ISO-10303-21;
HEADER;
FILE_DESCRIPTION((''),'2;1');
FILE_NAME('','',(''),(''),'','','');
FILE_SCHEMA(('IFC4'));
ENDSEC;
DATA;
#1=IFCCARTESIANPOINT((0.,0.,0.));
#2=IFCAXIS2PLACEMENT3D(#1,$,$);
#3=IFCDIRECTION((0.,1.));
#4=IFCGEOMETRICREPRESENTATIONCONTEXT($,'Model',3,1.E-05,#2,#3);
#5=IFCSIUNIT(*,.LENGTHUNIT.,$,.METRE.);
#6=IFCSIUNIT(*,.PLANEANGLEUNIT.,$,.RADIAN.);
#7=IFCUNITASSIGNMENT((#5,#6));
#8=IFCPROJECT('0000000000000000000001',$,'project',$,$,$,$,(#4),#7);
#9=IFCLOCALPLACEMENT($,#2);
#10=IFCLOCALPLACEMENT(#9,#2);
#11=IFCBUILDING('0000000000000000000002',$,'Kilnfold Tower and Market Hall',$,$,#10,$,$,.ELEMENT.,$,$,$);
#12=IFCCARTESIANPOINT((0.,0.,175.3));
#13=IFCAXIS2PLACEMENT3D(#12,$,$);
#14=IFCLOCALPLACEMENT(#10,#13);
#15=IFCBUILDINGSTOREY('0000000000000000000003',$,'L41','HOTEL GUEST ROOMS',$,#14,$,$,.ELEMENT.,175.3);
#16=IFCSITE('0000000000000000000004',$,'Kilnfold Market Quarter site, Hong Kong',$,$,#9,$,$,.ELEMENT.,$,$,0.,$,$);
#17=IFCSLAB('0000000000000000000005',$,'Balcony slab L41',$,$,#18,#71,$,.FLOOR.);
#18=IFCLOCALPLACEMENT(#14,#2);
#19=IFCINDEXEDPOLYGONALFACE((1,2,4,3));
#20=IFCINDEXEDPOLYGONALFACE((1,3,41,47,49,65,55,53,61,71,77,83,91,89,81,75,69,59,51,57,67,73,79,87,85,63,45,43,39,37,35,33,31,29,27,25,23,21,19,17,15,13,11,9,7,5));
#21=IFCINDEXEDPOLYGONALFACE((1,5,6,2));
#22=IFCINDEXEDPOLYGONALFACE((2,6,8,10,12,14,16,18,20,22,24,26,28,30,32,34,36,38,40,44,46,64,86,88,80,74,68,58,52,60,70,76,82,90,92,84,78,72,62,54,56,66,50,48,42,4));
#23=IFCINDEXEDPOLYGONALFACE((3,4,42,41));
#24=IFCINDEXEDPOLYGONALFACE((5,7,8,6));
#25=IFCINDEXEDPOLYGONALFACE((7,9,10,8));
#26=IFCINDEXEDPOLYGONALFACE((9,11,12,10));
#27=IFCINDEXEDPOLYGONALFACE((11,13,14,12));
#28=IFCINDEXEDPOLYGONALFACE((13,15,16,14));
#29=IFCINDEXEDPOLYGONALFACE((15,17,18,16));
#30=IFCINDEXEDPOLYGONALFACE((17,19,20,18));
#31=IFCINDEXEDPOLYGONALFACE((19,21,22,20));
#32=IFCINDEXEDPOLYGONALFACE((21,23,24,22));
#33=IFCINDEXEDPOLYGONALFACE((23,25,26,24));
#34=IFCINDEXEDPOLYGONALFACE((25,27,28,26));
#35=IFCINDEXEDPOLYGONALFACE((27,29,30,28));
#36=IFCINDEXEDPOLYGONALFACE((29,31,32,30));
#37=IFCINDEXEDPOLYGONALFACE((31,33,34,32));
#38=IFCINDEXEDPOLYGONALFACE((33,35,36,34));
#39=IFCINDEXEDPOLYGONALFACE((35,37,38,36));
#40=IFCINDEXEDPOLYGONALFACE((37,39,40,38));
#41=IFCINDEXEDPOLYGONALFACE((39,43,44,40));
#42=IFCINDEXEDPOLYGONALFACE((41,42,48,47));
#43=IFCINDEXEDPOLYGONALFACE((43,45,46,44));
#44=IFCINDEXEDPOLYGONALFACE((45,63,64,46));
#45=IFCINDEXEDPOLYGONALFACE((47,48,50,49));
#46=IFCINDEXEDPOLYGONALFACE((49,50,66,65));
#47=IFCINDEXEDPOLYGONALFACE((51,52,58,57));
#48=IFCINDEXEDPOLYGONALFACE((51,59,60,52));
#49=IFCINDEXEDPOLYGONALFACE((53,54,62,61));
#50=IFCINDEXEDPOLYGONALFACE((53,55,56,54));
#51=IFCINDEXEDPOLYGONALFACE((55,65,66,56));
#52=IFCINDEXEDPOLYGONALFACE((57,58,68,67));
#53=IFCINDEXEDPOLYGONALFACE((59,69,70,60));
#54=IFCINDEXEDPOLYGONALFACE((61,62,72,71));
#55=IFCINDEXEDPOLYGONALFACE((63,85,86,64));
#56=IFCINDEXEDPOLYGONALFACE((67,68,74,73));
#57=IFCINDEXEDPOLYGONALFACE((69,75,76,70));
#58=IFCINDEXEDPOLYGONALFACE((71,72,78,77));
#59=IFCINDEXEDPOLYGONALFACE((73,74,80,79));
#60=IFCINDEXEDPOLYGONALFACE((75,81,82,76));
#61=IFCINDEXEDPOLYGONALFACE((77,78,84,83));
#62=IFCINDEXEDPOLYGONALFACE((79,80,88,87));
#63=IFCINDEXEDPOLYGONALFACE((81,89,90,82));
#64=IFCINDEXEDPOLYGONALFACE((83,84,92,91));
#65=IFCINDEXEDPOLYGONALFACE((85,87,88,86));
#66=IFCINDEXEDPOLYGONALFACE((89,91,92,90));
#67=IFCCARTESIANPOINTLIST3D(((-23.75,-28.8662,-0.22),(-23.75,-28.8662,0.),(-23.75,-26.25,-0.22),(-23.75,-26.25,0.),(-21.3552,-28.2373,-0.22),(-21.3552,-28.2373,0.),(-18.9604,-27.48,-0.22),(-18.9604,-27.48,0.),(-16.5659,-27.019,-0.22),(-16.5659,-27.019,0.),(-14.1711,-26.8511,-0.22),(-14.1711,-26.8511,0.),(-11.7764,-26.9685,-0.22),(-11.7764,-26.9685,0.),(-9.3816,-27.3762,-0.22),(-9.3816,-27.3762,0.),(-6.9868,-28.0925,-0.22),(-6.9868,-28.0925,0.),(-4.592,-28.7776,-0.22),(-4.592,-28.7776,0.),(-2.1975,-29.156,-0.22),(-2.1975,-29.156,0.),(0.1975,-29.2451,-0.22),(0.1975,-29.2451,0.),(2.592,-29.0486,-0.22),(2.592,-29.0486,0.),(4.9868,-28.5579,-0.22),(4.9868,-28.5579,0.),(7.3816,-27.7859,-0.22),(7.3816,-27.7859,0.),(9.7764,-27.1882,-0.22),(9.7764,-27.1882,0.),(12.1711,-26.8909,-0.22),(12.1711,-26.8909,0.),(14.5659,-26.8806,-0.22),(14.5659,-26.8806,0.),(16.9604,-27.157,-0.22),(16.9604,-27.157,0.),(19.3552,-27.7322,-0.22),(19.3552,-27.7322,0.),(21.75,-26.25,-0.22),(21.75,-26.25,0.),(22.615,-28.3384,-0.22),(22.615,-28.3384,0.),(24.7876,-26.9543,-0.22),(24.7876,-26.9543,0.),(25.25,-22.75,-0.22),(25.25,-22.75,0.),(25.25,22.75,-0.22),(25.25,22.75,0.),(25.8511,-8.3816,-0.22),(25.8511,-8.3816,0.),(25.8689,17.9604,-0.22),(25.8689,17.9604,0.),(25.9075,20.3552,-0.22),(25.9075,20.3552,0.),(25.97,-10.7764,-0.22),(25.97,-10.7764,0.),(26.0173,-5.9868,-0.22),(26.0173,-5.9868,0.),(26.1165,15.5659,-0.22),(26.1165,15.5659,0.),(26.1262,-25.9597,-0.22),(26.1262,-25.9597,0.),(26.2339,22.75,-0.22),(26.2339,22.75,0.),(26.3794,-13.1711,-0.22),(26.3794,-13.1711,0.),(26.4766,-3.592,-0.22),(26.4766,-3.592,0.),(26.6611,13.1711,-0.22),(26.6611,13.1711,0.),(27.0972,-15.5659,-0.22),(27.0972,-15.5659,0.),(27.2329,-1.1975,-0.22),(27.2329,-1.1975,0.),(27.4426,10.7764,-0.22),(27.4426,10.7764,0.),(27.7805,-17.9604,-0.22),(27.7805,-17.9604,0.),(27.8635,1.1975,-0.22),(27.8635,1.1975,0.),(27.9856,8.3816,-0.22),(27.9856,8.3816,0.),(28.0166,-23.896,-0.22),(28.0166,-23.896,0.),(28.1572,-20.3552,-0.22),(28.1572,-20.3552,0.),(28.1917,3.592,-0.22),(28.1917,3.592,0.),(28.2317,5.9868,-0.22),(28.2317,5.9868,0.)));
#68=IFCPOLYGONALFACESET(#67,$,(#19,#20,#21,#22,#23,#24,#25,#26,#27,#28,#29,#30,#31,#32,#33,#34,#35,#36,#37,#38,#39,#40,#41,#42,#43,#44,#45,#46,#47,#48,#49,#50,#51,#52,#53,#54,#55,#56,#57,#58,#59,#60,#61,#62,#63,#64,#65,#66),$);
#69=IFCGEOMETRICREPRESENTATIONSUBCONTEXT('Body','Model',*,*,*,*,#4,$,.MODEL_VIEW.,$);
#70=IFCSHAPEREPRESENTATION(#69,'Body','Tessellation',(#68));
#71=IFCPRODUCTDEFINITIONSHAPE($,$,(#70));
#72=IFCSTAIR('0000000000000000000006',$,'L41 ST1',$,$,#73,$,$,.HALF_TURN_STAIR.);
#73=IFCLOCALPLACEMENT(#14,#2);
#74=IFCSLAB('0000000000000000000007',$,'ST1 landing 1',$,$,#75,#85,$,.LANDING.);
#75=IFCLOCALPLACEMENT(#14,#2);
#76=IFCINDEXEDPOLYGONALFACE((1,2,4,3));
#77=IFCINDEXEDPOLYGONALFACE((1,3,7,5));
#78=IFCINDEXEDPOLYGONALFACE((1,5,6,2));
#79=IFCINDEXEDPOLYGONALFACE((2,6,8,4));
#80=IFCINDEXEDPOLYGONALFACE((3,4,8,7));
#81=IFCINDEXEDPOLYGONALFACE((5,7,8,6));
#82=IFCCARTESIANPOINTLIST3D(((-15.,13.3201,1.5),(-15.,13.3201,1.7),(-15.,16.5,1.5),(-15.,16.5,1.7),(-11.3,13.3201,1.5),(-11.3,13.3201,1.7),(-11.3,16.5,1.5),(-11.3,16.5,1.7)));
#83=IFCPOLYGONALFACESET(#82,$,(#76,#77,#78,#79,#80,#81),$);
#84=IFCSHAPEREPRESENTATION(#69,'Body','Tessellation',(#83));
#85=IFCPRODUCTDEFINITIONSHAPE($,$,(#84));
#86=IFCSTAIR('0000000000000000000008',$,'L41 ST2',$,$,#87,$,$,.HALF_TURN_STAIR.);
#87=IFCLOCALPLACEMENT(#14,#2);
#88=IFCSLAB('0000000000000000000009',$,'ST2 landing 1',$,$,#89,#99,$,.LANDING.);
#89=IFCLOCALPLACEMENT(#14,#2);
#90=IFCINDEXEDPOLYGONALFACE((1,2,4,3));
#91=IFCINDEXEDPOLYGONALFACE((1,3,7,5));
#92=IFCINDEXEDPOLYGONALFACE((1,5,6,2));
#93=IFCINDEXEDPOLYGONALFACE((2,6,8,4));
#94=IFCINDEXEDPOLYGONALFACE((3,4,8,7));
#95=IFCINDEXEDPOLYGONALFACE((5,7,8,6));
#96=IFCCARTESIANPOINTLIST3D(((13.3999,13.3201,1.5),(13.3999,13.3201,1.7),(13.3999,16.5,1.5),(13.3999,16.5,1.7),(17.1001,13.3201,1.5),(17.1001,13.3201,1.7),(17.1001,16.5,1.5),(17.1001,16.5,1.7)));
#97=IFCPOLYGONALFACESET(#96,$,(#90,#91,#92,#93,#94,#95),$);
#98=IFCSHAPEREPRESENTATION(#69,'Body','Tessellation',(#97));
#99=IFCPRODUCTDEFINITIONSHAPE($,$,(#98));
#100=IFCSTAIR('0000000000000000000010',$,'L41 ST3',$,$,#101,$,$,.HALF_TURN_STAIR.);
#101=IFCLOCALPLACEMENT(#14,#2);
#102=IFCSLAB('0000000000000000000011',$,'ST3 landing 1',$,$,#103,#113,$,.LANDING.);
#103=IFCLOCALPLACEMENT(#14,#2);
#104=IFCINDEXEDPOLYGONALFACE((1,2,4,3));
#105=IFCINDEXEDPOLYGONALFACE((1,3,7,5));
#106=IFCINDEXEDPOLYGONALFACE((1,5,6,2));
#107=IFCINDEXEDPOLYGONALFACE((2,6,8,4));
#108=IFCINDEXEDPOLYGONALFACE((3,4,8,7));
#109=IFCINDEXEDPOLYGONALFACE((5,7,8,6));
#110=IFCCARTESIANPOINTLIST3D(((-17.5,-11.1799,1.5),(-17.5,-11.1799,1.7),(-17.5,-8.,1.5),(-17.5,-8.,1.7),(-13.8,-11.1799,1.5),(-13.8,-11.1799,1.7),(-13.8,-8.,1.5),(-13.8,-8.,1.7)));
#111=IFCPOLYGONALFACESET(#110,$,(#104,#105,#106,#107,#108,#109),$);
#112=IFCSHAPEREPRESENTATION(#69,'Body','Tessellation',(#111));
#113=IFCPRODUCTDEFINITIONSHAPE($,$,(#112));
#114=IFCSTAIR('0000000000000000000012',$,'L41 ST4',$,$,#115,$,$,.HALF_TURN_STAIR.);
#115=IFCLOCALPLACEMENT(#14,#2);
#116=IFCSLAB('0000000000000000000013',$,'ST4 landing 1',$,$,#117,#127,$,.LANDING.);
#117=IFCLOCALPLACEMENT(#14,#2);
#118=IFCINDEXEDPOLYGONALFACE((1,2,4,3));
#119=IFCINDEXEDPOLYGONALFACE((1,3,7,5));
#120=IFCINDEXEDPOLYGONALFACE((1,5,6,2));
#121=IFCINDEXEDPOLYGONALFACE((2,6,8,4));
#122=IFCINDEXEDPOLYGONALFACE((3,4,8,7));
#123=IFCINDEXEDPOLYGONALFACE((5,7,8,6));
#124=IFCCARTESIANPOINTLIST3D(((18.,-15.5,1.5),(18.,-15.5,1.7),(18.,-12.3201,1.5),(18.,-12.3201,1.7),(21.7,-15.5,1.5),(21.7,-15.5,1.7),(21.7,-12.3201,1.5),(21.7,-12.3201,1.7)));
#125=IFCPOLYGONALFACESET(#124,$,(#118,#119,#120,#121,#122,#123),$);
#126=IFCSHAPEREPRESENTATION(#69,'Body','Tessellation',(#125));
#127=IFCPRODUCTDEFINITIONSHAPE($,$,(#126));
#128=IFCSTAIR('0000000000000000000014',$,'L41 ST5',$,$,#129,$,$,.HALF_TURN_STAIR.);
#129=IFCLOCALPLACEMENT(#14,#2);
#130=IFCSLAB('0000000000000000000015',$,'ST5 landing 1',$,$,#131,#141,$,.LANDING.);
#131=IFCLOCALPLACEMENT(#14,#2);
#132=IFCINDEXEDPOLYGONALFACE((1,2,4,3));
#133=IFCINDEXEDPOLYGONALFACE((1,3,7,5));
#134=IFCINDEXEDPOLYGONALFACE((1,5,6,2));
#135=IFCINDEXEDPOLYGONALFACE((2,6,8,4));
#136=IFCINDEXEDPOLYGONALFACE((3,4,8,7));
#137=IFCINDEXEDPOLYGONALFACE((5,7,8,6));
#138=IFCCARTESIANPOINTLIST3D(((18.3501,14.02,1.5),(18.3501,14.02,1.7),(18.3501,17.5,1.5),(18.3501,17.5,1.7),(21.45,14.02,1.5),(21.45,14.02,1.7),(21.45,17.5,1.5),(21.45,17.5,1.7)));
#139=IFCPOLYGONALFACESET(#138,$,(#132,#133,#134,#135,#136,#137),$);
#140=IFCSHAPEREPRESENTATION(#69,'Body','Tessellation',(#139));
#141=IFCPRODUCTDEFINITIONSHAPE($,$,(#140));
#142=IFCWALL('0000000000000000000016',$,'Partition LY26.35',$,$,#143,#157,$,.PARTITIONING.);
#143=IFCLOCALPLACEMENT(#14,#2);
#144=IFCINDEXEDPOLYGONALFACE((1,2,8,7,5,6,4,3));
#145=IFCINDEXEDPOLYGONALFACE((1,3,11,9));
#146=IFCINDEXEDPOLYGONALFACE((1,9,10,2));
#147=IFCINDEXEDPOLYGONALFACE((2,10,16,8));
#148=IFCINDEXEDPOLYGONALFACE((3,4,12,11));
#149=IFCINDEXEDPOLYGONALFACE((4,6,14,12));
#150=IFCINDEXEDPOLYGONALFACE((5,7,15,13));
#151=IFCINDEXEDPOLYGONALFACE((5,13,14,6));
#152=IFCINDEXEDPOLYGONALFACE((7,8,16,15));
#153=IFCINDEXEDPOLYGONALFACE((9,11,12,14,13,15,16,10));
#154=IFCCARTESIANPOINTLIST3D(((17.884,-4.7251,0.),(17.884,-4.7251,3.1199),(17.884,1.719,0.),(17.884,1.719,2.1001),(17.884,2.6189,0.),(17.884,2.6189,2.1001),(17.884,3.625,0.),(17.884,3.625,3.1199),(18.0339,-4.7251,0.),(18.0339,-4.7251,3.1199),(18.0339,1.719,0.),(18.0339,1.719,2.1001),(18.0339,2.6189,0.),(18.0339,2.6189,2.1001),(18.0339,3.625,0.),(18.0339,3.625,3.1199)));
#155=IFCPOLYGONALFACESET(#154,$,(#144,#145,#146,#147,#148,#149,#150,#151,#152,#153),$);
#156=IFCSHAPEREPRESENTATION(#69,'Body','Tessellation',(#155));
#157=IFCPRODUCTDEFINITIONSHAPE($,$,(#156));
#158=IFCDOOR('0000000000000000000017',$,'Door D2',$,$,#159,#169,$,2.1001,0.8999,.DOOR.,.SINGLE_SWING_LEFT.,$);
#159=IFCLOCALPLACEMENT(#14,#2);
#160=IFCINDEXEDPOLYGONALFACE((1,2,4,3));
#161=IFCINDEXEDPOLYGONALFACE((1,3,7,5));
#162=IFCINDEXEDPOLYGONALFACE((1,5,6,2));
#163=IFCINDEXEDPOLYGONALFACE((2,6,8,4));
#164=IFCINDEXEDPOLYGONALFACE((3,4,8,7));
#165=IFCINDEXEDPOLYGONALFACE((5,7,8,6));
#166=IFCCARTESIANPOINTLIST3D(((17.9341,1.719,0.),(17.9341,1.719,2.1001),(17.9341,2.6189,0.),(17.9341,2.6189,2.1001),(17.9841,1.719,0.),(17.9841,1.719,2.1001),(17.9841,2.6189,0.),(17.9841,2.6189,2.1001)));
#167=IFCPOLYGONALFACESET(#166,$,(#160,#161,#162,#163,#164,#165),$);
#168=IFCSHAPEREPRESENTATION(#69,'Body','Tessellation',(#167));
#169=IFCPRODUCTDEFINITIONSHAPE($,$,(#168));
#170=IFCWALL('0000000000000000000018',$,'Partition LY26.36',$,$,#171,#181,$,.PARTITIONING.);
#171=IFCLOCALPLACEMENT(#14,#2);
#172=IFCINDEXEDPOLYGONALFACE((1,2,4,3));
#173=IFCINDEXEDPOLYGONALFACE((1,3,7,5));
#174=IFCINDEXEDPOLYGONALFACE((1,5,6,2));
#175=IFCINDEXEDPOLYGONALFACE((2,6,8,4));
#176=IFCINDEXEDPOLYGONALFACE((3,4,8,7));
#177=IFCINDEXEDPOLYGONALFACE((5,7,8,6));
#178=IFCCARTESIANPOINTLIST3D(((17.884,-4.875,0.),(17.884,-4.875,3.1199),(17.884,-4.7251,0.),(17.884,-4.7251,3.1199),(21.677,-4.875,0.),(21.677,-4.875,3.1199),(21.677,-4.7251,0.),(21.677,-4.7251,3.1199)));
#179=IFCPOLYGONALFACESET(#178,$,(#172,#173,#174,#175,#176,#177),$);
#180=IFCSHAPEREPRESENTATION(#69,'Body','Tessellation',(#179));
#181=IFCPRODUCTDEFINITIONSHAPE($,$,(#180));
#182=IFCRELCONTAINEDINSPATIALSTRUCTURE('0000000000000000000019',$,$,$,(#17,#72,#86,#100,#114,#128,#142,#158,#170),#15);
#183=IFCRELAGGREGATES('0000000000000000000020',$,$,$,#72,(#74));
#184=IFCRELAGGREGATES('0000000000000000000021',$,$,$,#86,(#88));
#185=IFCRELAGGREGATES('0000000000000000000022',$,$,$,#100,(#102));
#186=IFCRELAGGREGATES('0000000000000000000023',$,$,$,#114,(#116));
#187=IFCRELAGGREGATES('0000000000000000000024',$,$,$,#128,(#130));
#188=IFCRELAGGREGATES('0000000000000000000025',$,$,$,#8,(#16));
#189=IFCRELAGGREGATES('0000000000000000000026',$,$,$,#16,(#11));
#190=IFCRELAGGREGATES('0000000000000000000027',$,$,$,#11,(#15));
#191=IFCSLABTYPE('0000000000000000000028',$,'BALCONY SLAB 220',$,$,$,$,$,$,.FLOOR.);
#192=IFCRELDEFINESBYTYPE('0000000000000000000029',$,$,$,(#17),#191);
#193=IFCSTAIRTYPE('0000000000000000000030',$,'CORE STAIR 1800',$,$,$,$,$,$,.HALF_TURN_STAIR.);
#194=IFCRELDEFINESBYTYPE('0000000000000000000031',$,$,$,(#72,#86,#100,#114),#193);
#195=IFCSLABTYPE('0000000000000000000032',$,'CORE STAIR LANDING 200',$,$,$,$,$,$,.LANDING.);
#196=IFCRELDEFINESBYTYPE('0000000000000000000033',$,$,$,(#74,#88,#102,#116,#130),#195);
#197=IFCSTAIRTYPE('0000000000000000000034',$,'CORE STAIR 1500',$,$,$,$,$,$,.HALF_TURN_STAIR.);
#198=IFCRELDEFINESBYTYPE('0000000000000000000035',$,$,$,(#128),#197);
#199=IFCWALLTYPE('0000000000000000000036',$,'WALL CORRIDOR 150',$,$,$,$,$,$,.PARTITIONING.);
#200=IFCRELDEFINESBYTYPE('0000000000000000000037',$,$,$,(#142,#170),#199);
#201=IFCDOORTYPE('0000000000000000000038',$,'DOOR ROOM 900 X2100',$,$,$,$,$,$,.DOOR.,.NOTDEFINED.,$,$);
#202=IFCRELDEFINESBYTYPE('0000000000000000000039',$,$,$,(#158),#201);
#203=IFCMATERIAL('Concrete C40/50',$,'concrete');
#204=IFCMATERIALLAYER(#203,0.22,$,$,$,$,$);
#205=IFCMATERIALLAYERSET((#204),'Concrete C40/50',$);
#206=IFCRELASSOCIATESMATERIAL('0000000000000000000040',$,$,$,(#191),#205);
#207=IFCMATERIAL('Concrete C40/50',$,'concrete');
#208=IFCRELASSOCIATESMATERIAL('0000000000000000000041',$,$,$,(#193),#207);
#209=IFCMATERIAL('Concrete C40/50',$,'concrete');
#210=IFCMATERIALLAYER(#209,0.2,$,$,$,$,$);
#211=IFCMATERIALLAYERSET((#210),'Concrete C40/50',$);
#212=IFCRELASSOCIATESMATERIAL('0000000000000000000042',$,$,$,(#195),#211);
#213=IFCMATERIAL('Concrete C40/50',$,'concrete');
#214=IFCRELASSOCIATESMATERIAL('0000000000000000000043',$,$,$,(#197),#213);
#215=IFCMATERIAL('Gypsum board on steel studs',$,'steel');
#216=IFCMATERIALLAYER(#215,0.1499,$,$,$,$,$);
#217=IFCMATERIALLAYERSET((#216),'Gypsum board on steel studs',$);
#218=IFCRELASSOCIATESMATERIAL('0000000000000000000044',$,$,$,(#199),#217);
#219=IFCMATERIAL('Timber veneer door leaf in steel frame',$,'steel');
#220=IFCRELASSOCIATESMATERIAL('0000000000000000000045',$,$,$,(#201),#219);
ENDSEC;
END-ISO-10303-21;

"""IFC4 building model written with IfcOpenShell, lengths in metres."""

from ifc_helpers import new_model, si_unit, direction, frame, frame_2d, origin, place, context, subcontext, project, spatial, polyline, rectangle, outline, extrude, source, transform, mapped, material, layer, layer_set, type_object, element, fill, aggregate, save


model = new_model("IFC4")

# Units and contexts
model_context = context("Model", 3, precision=1e-05, world=origin(), true_north=direction((0.0, 1.0)))
body_context = subcontext(model_context, "Body", "Model", "MODEL_VIEW")
ifc_project = project(units=[si_unit("LENGTHUNIT", "METRE"), si_unit("PLANEANGLEUNIT", "RADIAN")], contexts=[model_context])

# Site, building, storey
site_placement = place(None, origin())
site = spatial("IfcSite", under=ifc_project, at=site_placement, Name="Kilnfold Market Quarter site, Hong Kong", CompositionType="ELEMENT", RefElevation=0.0)
building_placement = place(site_placement, origin())
building = spatial("IfcBuilding", under=site, at=building_placement, Name="Kilnfold Tower and Market Hall", CompositionType="ELEMENT")
storey_placement = place(building_placement, frame((0.0, 0.0, 175.3)))
storey = spatial("IfcBuildingStorey", under=building, at=storey_placement, Name="L41", Description="HOTEL GUEST ROOMS", CompositionType="ELEMENT", Elevation=175.3)

# Slab
ifc_material_1 = material(Name="Concrete C40/50", Category="concrete")
ifc_layer_1 = layer(ifc_material_1, 0.22)
ifc_layer_set_1 = layer_set([ifc_layer_1], Name="Concrete C40/50")
slab_type_1 = type_object("IfcSlabType", Name="BALCONY SLAB 220", PredefinedType="FLOOR", material=ifc_layer_set_1)
shared_shape_1 = source(origin(), body_context, "Body", "SweptSolid", [
    extrude(outline(polyline([(-23.75, -26.25), (21.75, -26.25), (25.25, -22.75), (25.25, 22.75), (26.2339, 22.75), (25.9075, 20.3552), (25.8689, 17.9604), (26.1165, 15.5659), (26.6611, 13.1711), (27.4426, 10.7764), (27.9856, 8.3816), (28.2317, 5.9868), (28.1917, 3.592), (27.8635, 1.1975), (27.2329, -1.1975), (26.4766, -3.592), (26.0173, -5.9868), (25.8511, -8.3816), (25.97, -10.7764), (26.3794, -13.1711), (27.0972, -15.5659), (27.7805, -17.9604), (28.1572, -20.3552), (28.0166, -23.896), (26.1262, -25.9597), (24.7876, -26.9543), (22.615, -28.3384), (19.3552, -27.7322), (16.9604, -27.157), (14.5659, -26.8806), (12.1711, -26.8909), (9.7764, -27.1882), (7.3816, -27.7859), (4.9868, -28.5579), (2.592, -29.0486), (0.1975, -29.2451), (-2.1975, -29.156), (-4.592, -28.7776), (-6.9868, -28.0925), (-9.3816, -27.3762), (-11.7764, -26.9685), (-14.1711, -26.8511), (-16.5659, -27.019), (-18.9604, -27.48), (-21.3552, -28.2373), (-23.75, -28.8662), (-23.75, -26.25)])), origin(), (0.0, 0.0, 1.0), 0.22),
])
slab_1_placement = place(storey_placement, frame((0.0, 0.0, -0.22)))
element("IfcSlab", 1, at=slab_1_placement, inside=storey, type_object=slab_type_1, Name="Balcony slab L41", PredefinedType="FLOOR", context=body_context, shape_type="MappedRepresentation", body=[
    mapped(shared_shape_1, transform((0.0, 0.0, 0.0))),
])

# Stairs, slabs
ifc_material_2 = material(Name="Concrete C40/50", Category="concrete")
stair_type_1 = type_object("IfcStairType", Name="CORE STAIR 1800", PredefinedType="HALF_TURN_STAIR", material=ifc_material_2)
stair_1_placement = place(storey_placement, origin())
stair_1 = element("IfcStair", 2, at=stair_1_placement, inside=storey, type_object=stair_type_1, Name="L41 ST1", PredefinedType="HALF_TURN_STAIR")
ifc_material_3 = material(Name="Concrete C40/50", Category="concrete")
ifc_layer_2 = layer(ifc_material_3, 0.2)
ifc_layer_set_2 = layer_set([ifc_layer_2], Name="Concrete C40/50")
slab_type_2 = type_object("IfcSlabType", Name="CORE STAIR LANDING 200", PredefinedType="LANDING", material=ifc_layer_set_2)
shared_shape_2 = source(origin(), body_context, "Body", "SweptSolid", [
    extrude(outline(polyline([(-11.3, 13.3201), (-11.3, 16.5), (-15.0, 16.5), (-15.0, 13.3201), (-11.3, 13.3201)])), origin(), (0.0, 0.0, 1.0), 0.2),
])
slab_2_placement = place(storey_placement, frame((0.0, 0.0, 1.5)))
slab_2 = element("IfcSlab", 3, at=slab_2_placement, type_object=slab_type_2, Name="ST1 landing 1", PredefinedType="LANDING", context=body_context, shape_type="MappedRepresentation", body=[
    mapped(shared_shape_2, transform((0.0, 0.0, 0.0))),
])
aggregate(stair_1, [slab_2])
stair_2_placement = place(storey_placement, origin())
stair_2 = element("IfcStair", 4, at=stair_2_placement, inside=storey, type_object=stair_type_1, Name="L41 ST2", PredefinedType="HALF_TURN_STAIR")
shared_shape_3 = source(origin(), body_context, "Body", "SweptSolid", [
    extrude(outline(polyline([(17.1001, 13.3201), (17.1001, 16.5), (13.3999, 16.5), (13.3999, 13.3201), (17.1001, 13.3201)])), origin(), (0.0, 0.0, 1.0), 0.2),
])
slab_3_placement = place(storey_placement, frame((0.0, 0.0, 1.5)))
slab_3 = element("IfcSlab", 5, at=slab_3_placement, type_object=slab_type_2, Name="ST2 landing 1", PredefinedType="LANDING", context=body_context, shape_type="MappedRepresentation", body=[
    mapped(shared_shape_3, transform((0.0, 0.0, 0.0))),
])
aggregate(stair_2, [slab_3])
stair_3_placement = place(storey_placement, origin())
stair_3 = element("IfcStair", 6, at=stair_3_placement, inside=storey, type_object=stair_type_1, Name="L41 ST3", PredefinedType="HALF_TURN_STAIR")
shared_shape_4 = source(origin(), body_context, "Body", "SweptSolid", [
    extrude(outline(polyline([(-13.8, -11.1799), (-13.8, -8.0), (-17.5, -8.0), (-17.5, -11.1799), (-13.8, -11.1799)])), origin(), (0.0, 0.0, 1.0), 0.2),
])
slab_4_placement = place(storey_placement, frame((0.0, 0.0, 1.5)))
slab_4 = element("IfcSlab", 7, at=slab_4_placement, type_object=slab_type_2, Name="ST3 landing 1", PredefinedType="LANDING", context=body_context, shape_type="MappedRepresentation", body=[
    mapped(shared_shape_4, transform((0.0, 0.0, 0.0))),
])
aggregate(stair_3, [slab_4])
stair_4_placement = place(storey_placement, origin())
stair_4 = element("IfcStair", 8, at=stair_4_placement, inside=storey, type_object=stair_type_1, Name="L41 ST4", PredefinedType="HALF_TURN_STAIR")
shared_shape_5 = source(origin(), body_context, "Body", "SweptSolid", [
    extrude(outline(polyline([(18.0, -12.3201), (18.0, -15.5), (21.7, -15.5), (21.7, -12.3201), (18.0, -12.3201)])), origin(), (0.0, 0.0, 1.0), 0.2),
])
slab_5_placement = place(storey_placement, frame((0.0, 0.0, 1.5)))
slab_5 = element("IfcSlab", 9, at=slab_5_placement, type_object=slab_type_2, Name="ST4 landing 1", PredefinedType="LANDING", context=body_context, shape_type="MappedRepresentation", body=[
    mapped(shared_shape_5, transform((0.0, 0.0, 0.0))),
])
aggregate(stair_4, [slab_5])
ifc_material_4 = material(Name="Concrete C40/50", Category="concrete")
stair_type_2 = type_object("IfcStairType", Name="CORE STAIR 1500", PredefinedType="HALF_TURN_STAIR", material=ifc_material_4)
stair_5_placement = place(storey_placement, origin())
stair_5 = element("IfcStair", 10, at=stair_5_placement, inside=storey, type_object=stair_type_2, Name="L41 ST5", PredefinedType="HALF_TURN_STAIR")
shared_shape_6 = source(origin(), body_context, "Body", "SweptSolid", [
    extrude(outline(polyline([(21.45, 14.02), (21.45, 17.5), (18.3501, 17.5), (18.3501, 14.02), (21.45, 14.02)])), origin(), (0.0, 0.0, 1.0), 0.2),
])
slab_6_placement = place(storey_placement, frame((0.0, 0.0, 1.5)))
slab_6 = element("IfcSlab", 11, at=slab_6_placement, type_object=slab_type_2, Name="ST5 landing 1", PredefinedType="LANDING", context=body_context, shape_type="MappedRepresentation", body=[
    mapped(shared_shape_6, transform((0.0, 0.0, 0.0))),
])
aggregate(stair_5, [slab_6])

# Wall, opening, door
ifc_material_5 = material(Name="Gypsum board on steel studs", Category="steel")
ifc_layer_3 = layer(ifc_material_5, 0.1499)
ifc_layer_set_3 = layer_set([ifc_layer_3], Name="Gypsum board on steel studs")
wall_type_1 = type_object("IfcWallType", Name="WALL CORRIDOR 150", PredefinedType="PARTITIONING", material=ifc_layer_set_3)
wall_1_placement = place(storey_placement, frame((17.959, -4.7251, 0.0), z_axis=(0.0, 0.0, 1.0), x_axis=(0.0, 1.0, 0.0)))
wall_1 = element("IfcWall", 12, at=wall_1_placement, inside=storey, type_object=wall_type_1, Name="Partition LY26.35", PredefinedType="PARTITIONING", context=body_context, shape_type="SweptSolid", body=[
    extrude(rectangle(XDim=8.3501, YDim=0.1499, at=frame_2d((4.175, 0.0))), origin(), (0.0, 0.0, 1.0), 3.1199),
])
opening_placement = place(wall_1_placement, frame((6.4441, 0.0, 0.0)))
opening = element("IfcOpeningElement", 13, at=opening_placement, cuts=wall_1, PredefinedType="OPENING", context=body_context, shape_type="SweptSolid", body=[
    extrude(rectangle(XDim=0.8999, YDim=2.1001, at=frame_2d((0.45, 1.05))), frame((0.0, 0.085, 0.0), z_axis=(0.0, -1.0, 0.0), x_axis=(1.0, 0.0, 0.0)), (0.0, 0.0, 1.0), 0.1699),
])
ifc_material_6 = material(Name="Timber veneer door leaf in steel frame", Category="steel")
door_type = type_object("IfcDoorType", Name="DOOR ROOM 900 X2100", OperationType="NOTDEFINED", PredefinedType="DOOR", material=ifc_material_6)
door_placement = place(opening_placement, origin())
door = element("IfcDoor", 14, at=door_placement, inside=storey, type_object=door_type, Name="Door D2", OperationType="SINGLE_SWING_LEFT", OverallHeight=2.1001, OverallWidth=0.8999, PredefinedType="DOOR", context=body_context, shape_type="SweptSolid", body=[
    extrude(rectangle(XDim=0.8999, YDim=2.1001, at=frame_2d((0.45, 1.05))), frame((0.0, 0.0249, 0.0), z_axis=(0.0, -1.0, 0.0), x_axis=(1.0, 0.0, 0.0)), (0.0, 0.0, 1.0), 0.05),
])
fill(opening, door)

# Wall
wall_2_placement = place(storey_placement, frame((17.884, -4.8, 0.0), z_axis=(0.0, 0.0, 1.0), x_axis=(1.0, 0.0, 0.0)))
element("IfcWall", 15, at=wall_2_placement, inside=storey, type_object=wall_type_1, Name="Partition LY26.36", PredefinedType="PARTITIONING", context=body_context, shape_type="SweptSolid", body=[
    extrude(rectangle(XDim=3.793, YDim=0.1499, at=frame_2d((1.8965, 0.0))), origin(), (0.0, 0.0, 1.0), 3.1199),
])

save(model, "model.ifc")
